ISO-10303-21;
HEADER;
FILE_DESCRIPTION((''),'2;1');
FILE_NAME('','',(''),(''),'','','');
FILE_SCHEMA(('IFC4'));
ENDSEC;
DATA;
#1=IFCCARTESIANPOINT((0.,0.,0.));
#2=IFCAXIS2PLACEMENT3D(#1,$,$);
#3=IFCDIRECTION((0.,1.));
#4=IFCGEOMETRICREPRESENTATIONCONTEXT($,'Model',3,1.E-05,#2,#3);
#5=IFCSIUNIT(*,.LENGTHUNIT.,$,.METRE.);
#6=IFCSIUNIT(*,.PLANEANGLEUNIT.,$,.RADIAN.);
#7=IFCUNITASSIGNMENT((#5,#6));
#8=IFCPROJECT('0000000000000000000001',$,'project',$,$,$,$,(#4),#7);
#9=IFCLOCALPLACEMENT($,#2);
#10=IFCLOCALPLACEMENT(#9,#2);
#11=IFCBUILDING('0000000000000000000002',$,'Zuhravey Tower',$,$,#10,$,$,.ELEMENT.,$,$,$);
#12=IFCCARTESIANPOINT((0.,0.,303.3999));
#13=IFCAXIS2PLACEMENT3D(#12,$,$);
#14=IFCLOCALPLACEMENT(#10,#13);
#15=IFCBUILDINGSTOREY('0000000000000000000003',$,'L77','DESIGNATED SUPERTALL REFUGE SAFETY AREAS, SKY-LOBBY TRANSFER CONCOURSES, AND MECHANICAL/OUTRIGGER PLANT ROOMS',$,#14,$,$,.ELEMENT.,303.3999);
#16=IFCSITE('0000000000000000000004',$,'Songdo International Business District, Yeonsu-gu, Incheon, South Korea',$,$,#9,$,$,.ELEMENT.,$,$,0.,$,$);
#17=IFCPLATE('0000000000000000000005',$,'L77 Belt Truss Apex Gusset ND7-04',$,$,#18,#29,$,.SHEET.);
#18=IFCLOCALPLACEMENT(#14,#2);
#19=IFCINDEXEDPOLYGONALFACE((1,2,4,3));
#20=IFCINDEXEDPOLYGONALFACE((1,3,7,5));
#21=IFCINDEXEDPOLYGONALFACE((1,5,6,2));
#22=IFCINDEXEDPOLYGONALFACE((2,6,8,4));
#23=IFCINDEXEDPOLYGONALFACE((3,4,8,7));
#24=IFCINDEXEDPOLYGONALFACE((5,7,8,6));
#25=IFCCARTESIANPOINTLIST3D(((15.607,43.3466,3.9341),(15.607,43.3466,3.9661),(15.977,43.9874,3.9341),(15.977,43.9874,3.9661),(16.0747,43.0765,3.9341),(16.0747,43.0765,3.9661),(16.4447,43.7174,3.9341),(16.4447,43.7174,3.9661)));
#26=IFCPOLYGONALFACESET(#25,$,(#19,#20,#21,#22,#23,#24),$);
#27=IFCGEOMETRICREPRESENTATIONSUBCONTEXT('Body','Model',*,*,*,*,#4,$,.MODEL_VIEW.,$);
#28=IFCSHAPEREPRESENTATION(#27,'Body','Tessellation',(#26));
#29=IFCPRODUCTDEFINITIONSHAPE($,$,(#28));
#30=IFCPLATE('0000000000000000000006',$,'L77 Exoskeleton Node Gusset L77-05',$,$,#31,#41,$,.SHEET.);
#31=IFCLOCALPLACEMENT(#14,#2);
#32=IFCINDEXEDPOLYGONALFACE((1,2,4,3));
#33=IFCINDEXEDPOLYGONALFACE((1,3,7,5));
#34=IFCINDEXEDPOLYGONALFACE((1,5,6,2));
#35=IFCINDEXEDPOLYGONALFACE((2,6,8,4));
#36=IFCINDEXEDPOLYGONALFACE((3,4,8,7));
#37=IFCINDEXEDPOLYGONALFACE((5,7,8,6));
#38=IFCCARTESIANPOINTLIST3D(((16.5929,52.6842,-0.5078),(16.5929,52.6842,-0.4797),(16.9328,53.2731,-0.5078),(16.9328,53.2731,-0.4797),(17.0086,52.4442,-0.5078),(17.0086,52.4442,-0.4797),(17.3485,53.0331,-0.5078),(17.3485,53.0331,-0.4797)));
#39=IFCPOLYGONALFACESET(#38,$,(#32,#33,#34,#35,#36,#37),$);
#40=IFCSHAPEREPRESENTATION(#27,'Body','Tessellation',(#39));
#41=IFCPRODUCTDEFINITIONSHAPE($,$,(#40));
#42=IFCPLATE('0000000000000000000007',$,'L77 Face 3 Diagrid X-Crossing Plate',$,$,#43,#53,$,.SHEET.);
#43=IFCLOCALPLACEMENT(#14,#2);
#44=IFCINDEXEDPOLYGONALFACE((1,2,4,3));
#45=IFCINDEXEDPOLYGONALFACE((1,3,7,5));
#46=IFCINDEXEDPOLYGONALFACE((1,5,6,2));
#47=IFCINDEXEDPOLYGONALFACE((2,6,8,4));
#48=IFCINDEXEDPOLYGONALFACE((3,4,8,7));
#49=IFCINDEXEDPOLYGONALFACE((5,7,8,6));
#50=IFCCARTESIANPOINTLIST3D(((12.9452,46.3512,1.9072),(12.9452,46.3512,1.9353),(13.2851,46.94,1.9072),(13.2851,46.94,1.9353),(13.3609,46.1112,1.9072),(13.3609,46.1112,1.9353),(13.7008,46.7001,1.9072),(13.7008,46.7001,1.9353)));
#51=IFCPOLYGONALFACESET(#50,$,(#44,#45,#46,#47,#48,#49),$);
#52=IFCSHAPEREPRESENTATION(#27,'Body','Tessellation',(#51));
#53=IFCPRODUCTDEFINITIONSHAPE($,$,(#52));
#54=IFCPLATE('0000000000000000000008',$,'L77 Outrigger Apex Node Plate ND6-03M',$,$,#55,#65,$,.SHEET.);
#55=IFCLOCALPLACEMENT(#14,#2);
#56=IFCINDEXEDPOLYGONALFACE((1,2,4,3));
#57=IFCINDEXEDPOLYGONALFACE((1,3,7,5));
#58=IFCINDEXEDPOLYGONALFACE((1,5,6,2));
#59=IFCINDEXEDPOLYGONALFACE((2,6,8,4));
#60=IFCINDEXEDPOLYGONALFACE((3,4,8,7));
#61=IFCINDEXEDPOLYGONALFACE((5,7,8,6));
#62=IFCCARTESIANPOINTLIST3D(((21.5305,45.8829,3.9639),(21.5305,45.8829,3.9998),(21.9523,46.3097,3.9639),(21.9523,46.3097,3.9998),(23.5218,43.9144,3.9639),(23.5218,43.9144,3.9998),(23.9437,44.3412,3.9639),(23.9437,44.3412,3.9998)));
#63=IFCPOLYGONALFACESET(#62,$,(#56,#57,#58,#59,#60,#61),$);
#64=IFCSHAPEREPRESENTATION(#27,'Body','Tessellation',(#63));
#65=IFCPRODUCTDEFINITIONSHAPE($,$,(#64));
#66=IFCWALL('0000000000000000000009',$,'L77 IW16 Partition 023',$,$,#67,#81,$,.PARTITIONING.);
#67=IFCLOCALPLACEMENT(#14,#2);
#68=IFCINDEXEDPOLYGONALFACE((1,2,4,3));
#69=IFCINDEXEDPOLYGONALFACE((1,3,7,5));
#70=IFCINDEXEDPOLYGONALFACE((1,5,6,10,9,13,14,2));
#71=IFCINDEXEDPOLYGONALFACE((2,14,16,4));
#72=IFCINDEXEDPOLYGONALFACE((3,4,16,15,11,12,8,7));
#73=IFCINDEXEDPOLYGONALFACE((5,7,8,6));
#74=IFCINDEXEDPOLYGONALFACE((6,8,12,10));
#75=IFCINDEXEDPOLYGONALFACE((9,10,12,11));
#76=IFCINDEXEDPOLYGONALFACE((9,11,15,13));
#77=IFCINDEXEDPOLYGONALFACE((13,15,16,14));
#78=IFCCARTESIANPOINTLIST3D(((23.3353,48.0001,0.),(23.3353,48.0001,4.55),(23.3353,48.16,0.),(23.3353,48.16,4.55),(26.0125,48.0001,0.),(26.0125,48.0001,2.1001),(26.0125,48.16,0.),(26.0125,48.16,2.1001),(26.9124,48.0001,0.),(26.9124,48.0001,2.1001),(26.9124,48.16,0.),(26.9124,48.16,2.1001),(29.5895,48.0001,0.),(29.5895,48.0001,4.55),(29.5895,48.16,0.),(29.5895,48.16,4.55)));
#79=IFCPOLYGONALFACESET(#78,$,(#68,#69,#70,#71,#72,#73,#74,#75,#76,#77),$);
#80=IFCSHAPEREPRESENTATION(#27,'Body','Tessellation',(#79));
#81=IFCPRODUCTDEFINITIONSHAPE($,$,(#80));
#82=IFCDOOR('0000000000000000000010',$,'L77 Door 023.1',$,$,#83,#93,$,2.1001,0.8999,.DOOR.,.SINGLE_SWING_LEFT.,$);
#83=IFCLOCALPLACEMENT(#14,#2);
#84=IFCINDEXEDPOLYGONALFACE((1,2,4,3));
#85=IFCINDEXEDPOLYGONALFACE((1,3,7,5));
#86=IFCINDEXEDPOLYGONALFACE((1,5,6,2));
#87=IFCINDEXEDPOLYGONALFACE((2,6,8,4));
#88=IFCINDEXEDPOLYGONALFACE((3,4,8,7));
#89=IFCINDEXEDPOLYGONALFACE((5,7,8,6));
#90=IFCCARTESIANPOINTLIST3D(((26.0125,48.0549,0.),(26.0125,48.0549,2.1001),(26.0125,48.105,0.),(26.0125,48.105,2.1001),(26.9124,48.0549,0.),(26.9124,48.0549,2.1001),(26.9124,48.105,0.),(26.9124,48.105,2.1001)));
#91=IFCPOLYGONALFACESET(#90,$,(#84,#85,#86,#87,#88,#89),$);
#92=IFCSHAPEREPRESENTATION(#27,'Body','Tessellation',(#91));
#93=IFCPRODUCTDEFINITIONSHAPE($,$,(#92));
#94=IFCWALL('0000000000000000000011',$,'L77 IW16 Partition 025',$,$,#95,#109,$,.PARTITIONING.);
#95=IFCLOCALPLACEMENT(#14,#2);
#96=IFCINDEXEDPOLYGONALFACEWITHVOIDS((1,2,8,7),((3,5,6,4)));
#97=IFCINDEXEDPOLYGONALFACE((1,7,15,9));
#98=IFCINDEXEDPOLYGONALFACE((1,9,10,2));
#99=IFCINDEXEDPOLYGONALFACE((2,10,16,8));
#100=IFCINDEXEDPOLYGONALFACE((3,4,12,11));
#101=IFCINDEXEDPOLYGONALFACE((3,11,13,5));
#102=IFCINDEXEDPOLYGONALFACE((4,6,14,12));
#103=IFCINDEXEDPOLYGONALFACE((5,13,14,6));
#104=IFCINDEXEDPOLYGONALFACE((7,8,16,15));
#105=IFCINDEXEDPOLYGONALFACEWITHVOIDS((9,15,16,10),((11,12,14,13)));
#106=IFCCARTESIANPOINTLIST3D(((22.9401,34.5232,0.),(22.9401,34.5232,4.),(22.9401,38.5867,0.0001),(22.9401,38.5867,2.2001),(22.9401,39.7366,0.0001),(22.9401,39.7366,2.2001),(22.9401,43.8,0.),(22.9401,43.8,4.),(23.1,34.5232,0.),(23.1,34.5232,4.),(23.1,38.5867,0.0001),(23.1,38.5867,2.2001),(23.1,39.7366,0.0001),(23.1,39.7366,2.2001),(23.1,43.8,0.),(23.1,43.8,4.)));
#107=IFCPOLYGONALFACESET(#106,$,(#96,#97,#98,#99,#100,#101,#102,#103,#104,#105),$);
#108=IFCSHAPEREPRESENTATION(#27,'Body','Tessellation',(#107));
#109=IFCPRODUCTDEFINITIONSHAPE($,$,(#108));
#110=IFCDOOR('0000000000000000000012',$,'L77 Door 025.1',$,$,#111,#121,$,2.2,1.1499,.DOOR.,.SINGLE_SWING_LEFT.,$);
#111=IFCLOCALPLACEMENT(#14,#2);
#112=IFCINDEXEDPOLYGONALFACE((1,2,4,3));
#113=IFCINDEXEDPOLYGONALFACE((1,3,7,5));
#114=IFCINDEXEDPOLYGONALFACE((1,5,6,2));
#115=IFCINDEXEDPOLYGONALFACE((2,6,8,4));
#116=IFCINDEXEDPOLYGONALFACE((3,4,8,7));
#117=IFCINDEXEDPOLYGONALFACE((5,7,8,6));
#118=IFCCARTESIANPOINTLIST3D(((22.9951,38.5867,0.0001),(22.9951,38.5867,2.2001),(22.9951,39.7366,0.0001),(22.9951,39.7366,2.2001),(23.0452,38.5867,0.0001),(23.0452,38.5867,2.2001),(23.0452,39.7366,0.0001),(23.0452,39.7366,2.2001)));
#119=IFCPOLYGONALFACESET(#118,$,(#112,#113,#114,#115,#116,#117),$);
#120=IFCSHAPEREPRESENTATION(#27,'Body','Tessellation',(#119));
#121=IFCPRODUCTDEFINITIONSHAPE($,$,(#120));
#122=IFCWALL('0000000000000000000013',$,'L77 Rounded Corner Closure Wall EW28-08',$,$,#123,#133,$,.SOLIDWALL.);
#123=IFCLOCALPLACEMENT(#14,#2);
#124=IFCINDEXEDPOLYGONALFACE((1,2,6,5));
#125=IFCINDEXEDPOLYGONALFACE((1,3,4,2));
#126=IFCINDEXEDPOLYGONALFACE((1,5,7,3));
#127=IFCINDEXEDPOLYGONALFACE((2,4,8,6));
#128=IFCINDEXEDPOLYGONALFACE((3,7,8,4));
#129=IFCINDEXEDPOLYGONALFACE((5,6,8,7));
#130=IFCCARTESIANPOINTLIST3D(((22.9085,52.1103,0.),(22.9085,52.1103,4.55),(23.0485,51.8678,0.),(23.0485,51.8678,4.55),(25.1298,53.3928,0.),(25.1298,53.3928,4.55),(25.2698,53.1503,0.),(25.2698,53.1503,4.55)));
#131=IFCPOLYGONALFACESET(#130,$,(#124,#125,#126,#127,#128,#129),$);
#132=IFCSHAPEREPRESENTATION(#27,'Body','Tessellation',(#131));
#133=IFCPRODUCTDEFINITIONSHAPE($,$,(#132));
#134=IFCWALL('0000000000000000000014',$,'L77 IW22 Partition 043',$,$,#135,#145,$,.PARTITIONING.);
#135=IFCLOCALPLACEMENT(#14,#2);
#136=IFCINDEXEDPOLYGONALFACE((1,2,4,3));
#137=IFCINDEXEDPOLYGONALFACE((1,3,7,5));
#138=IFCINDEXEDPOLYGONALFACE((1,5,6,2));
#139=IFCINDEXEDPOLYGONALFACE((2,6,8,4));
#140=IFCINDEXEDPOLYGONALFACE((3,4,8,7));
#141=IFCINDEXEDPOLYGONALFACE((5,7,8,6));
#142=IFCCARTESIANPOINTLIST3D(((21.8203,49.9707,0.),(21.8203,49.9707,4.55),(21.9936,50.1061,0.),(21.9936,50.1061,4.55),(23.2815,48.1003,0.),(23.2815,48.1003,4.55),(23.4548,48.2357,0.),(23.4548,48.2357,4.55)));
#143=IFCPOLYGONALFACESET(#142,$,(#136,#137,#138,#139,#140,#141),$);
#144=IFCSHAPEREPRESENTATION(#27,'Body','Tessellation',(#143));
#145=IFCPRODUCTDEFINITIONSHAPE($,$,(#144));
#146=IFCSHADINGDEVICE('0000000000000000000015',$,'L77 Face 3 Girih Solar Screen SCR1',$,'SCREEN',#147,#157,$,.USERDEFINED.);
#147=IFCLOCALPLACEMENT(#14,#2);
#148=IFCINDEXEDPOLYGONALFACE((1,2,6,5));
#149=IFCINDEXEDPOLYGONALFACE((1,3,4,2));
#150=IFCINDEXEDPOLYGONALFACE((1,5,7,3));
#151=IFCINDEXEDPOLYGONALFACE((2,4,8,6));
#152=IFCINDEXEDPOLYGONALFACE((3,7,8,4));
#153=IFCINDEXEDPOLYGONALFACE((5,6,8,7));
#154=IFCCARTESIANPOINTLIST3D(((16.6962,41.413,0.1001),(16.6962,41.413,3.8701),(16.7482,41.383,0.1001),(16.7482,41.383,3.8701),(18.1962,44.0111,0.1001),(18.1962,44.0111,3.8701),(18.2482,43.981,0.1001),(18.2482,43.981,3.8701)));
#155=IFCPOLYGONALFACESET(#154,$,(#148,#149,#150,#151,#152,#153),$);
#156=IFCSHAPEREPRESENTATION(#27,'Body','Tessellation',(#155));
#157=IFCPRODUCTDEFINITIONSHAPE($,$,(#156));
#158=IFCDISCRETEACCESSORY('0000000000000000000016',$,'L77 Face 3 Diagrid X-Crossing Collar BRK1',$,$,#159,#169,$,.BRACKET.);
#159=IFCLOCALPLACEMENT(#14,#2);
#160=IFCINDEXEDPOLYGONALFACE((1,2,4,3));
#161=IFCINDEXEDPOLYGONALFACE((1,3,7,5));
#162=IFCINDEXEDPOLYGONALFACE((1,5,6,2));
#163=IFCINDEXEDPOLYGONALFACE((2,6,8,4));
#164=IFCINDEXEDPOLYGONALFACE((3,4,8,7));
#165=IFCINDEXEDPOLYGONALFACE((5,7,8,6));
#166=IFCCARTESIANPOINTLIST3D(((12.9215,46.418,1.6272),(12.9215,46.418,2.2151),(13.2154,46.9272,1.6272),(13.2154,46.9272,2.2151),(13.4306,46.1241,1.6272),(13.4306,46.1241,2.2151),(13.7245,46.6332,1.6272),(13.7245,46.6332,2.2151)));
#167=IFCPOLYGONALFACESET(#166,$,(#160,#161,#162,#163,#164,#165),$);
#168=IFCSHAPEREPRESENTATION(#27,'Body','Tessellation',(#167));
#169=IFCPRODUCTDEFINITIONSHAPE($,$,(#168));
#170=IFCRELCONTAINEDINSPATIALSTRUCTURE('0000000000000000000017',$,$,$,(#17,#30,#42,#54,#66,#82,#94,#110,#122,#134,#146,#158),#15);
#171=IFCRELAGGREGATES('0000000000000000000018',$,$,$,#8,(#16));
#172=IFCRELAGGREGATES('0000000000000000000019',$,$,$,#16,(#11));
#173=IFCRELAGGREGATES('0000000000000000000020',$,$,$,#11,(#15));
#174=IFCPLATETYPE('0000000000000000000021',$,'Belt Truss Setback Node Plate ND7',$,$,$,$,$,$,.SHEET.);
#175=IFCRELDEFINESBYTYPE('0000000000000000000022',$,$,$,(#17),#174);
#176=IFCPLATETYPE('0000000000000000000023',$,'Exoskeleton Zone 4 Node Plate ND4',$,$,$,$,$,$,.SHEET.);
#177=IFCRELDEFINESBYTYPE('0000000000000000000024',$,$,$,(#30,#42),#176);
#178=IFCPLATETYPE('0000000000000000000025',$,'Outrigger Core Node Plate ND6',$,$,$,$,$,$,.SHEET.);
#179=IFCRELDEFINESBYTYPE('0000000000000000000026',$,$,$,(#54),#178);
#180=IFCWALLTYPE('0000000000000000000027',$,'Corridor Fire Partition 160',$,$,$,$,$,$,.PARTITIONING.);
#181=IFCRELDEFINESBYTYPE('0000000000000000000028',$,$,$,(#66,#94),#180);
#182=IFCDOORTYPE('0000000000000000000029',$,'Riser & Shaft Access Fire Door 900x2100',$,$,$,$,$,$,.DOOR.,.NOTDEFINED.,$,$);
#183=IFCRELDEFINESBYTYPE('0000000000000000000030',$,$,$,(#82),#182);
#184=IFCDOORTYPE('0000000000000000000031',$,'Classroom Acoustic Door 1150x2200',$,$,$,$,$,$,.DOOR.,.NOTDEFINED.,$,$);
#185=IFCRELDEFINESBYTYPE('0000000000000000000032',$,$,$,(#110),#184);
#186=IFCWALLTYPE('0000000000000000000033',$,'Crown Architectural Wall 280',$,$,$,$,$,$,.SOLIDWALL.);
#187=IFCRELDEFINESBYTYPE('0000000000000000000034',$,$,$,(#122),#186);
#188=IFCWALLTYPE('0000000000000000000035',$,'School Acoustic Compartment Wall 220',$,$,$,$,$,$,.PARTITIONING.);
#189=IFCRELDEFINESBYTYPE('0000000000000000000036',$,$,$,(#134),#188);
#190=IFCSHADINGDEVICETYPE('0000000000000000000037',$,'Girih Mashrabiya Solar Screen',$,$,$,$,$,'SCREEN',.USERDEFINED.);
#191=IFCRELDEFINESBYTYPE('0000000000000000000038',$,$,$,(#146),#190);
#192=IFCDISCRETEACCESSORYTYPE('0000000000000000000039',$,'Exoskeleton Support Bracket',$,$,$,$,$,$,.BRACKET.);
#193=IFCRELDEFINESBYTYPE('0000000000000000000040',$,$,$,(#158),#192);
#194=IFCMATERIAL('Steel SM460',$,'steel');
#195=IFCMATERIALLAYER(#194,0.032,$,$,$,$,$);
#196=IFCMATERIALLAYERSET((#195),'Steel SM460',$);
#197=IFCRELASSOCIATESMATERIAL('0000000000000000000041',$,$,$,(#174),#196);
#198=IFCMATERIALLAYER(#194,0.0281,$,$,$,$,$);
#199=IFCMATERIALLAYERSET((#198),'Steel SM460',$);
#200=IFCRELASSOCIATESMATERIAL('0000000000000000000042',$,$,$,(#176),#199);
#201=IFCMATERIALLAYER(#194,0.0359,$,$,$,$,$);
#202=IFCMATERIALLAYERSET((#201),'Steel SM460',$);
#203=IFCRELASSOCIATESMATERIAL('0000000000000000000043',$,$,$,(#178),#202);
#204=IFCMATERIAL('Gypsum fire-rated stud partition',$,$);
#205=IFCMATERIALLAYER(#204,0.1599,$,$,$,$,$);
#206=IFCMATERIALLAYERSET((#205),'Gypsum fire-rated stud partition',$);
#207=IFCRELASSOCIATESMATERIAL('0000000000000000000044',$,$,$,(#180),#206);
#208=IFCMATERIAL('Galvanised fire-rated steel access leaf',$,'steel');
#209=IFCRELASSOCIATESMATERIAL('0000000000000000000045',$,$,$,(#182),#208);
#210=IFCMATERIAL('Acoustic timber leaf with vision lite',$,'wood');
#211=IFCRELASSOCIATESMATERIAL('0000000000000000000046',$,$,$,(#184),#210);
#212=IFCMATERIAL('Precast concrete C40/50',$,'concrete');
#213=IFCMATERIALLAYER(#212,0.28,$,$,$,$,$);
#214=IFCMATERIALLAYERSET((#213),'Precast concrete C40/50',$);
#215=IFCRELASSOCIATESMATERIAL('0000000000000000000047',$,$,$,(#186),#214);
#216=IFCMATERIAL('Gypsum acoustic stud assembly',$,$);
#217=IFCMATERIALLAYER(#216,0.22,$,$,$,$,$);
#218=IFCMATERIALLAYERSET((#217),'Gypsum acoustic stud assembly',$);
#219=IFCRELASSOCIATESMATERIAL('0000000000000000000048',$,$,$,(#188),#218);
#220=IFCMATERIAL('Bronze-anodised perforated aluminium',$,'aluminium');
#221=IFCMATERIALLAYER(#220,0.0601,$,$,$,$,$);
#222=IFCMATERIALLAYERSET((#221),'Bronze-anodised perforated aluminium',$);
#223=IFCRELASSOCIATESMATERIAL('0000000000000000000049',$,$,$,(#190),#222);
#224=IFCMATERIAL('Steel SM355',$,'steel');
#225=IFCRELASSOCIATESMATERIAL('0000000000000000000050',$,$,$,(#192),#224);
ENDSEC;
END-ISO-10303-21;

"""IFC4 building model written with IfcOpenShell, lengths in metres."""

from ifc_helpers import new_model, si_unit, direction, frame, frame_2d, origin, origin_2d, place, context, subcontext, project, spatial, rectangle, extrude, material, layer, layer_set, type_object, element, fill, save


model = new_model("IFC4")

# Units and contexts
model_context = context("Model", 3, precision=1e-05, world=origin(), true_north=direction((0.0, 1.0)))
body_context = subcontext(model_context, "Body", "Model", "MODEL_VIEW")
ifc_project = project(units=[si_unit("LENGTHUNIT", "METRE"), si_unit("PLANEANGLEUNIT", "RADIAN")], contexts=[model_context])

# Site, building, storey
site_placement = place(None, origin())
site = spatial("IfcSite", under=ifc_project, at=site_placement, Name="Songdo International Business District, Yeonsu-gu, Incheon, South Korea", CompositionType="ELEMENT", RefElevation=0.0)
building_placement = place(site_placement, origin())
building = spatial("IfcBuilding", under=site, at=building_placement, Name="Zuhravey Tower", CompositionType="ELEMENT")
storey_placement = place(building_placement, frame((0.0, 0.0, 303.3999)))
storey = spatial("IfcBuildingStorey", under=building, at=storey_placement, Name="L77", Description="DESIGNATED SUPERTALL REFUGE SAFETY AREAS, SKY-LOBBY TRANSFER CONCOURSES, AND MECHANICAL/OUTRIGGER PLANT ROOMS", CompositionType="ELEMENT", Elevation=303.3999)

# Shared definitions
ifc_material_1 = material(Name="Steel SM355", Category="steel")

# Shared definitions
ifc_material_2 = material(Name="Steel SM460", Category="steel")

# Plates
ifc_layer_1 = layer(ifc_material_2, 0.032)
ifc_layer_set_1 = layer_set([ifc_layer_1], Name="Steel SM460")
plate_type_1 = type_object("IfcPlateType", Name="Belt Truss Setback Node Plate ND7", PredefinedType="SHEET", material=ifc_layer_set_1)
plate_1_placement = place(storey_placement, frame((16.0259, 43.532, 3.9341), z_axis=(0.0, 0.0, 1.0), x_axis=(-0.5, -0.866025, 0.0)))
element("IfcPlate", 1, at=plate_1_placement, inside=storey, type_object=plate_type_1, Name="L77 Belt Truss Apex Gusset ND7-04", PredefinedType="SHEET", context=body_context, shape_type="SweptSolid", body=[
    extrude(rectangle(XDim=0.74, YDim=0.54, at=origin_2d()), origin(), (0.0, 0.0, 1.0), 0.032),
])
ifc_layer_2 = layer(ifc_material_2, 0.0281)
ifc_layer_set_2 = layer_set([ifc_layer_2], Name="Steel SM460")
plate_type_2 = type_object("IfcPlateType", Name="Exoskeleton Zone 4 Node Plate ND4", PredefinedType="SHEET", material=ifc_layer_set_2)
for number, where, z_axis, x_axis, name in (
    (2, (16.9707, 52.8586, -0.5078), (0.0, 0.0, 1.0), (-0.5, -0.866025, 0.0), "L77 Exoskeleton Node Gusset L77-05"),
    (3, (13.323, 46.5256, 1.9072), (0.0, 0.0, 1.0), (-0.5, -0.866025, 0.0), "L77 Face 3 Diagrid X-Crossing Plate"),
):
    element("IfcPlate", number, at=place(storey_placement, frame(where, z_axis=z_axis, x_axis=x_axis)), inside=storey, type_object=plate_type_2, Name=name, PredefinedType="SHEET", context=body_context, shape_type="SweptSolid", body=[
        extrude(rectangle(XDim=0.6799, YDim=0.48, at=origin_2d()), origin(), (0.0, 0.0, 1.0), 0.0281),
    ])
ifc_layer_3 = layer(ifc_material_2, 0.0359)
ifc_layer_set_3 = layer_set([ifc_layer_3], Name="Steel SM460")
plate_type_3 = type_object("IfcPlateType", Name="Outrigger Core Node Plate ND6", PredefinedType="SHEET", material=ifc_layer_set_3)
plate_2_placement = place(storey_placement, frame((22.7371, 45.1121, 3.9639), z_axis=(0.0, 0.0, 1.0), x_axis=(-0.711168, 0.703022, 0.0)))
element("IfcPlate", 4, at=plate_2_placement, inside=storey, type_object=plate_type_3, Name="L77 Outrigger Apex Node Plate ND6-03M", PredefinedType="SHEET", context=body_context, shape_type="SweptSolid", body=[
    extrude(rectangle(XDim=2.8, YDim=0.6001, at=origin_2d()), origin(), (0.0, 0.0, 1.0), 0.0359),
])

# Walls, openings, doors
ifc_material_3 = material(Name="Gypsum fire-rated stud partition")
ifc_layer_4 = layer(ifc_material_3, 0.1599)
ifc_layer_set_4 = layer_set([ifc_layer_4], Name="Gypsum fire-rated stud partition")
wall_type_1 = type_object("IfcWallType", Name="Corridor Fire Partition 160", PredefinedType="PARTITIONING", material=ifc_layer_set_4)
wall_1_placement = place(storey_placement, frame((23.3354, 48.0801, 0.0), z_axis=(0.0, 0.0, 1.0), x_axis=(1.0, 0.0, 0.0)))
wall_1 = element("IfcWall", 5, at=wall_1_placement, inside=storey, type_object=wall_type_1, Name="L77 IW16 Partition 023", PredefinedType="PARTITIONING", context=body_context, shape_type="SweptSolid", body=[
    extrude(rectangle(XDim=6.2542, YDim=0.1599, at=frame_2d((3.127, 0.0))), origin(), (0.0, 0.0, 1.0), 4.55),
])
opening_1_placement = place(wall_1_placement, frame((2.677, 0.0, 0.0)))
opening_1 = element("IfcOpeningElement", 6, at=opening_1_placement, cuts=wall_1, PredefinedType="OPENING", context=body_context, shape_type="SweptSolid", body=[
    extrude(rectangle(XDim=0.8999, YDim=2.1001, at=frame_2d((0.45, 1.05))), frame((0.0, 0.092, 0.0), z_axis=(0.0, -1.0, 0.0), x_axis=(1.0, 0.0, 0.0)), (0.0, 0.0, 1.0), 0.1838),
])
ifc_material_4 = material(Name="Galvanised fire-rated steel access leaf", Category="steel")
door_type_1 = type_object("IfcDoorType", Name="Riser & Shaft Access Fire Door 900x2100", OperationType="NOTDEFINED", PredefinedType="DOOR", material=ifc_material_4)
door_1_placement = place(opening_1_placement, origin())
door_1 = element("IfcDoor", 7, at=door_1_placement, inside=storey, type_object=door_type_1, Name="L77 Door 023.1", OperationType="SINGLE_SWING_LEFT", OverallHeight=2.1001, OverallWidth=0.8999, PredefinedType="DOOR", context=body_context, shape_type="SweptSolid", body=[
    extrude(rectangle(XDim=0.8999, YDim=2.1001, at=frame_2d((0.45, 1.05))), frame((0.0, 0.0249, 0.0), z_axis=(0.0, -1.0, 0.0), x_axis=(1.0, 0.0, 0.0)), (0.0, 0.0, 1.0), 0.05),
])
fill(opening_1, door_1)
wall_2_placement = place(storey_placement, frame((23.02, 43.8, 0.0), z_axis=(0.0, 0.0, 1.0), x_axis=(0.0, -1.0, 0.0)))
wall_2 = element("IfcWall", 8, at=wall_2_placement, inside=storey, type_object=wall_type_1, Name="L77 IW16 Partition 025", PredefinedType="PARTITIONING", context=body_context, shape_type="SweptSolid", body=[
    extrude(rectangle(XDim=9.2769, YDim=0.1599, at=frame_2d((4.6384, 0.0))), origin(), (0.0, 0.0, 1.0), 4.0),
])
opening_2_placement = place(wall_2_placement, frame((4.0635, 0.0, 0.0)))
opening_2 = element("IfcOpeningElement", 9, at=opening_2_placement, cuts=wall_2, PredefinedType="OPENING", context=body_context, shape_type="SweptSolid", body=[
    extrude(rectangle(XDim=1.1499, YDim=2.2, at=frame_2d((0.575, 1.1001))), frame((0.0, 0.092, 0.0), z_axis=(0.0, -1.0, 0.0), x_axis=(1.0, 0.0, 0.0)), (0.0, 0.0, 1.0), 0.1838),
])
ifc_material_5 = material(Name="Acoustic timber leaf with vision lite", Category="wood")
door_type_2 = type_object("IfcDoorType", Name="Classroom Acoustic Door 1150x2200", OperationType="NOTDEFINED", PredefinedType="DOOR", material=ifc_material_5)
door_2_placement = place(opening_2_placement, frame((1.1499, 0.0, 0.0), z_axis=(0.0, 0.0, 1.0), x_axis=(-1.0, 0.0, 0.0)))
door_2 = element("IfcDoor", 10, at=door_2_placement, inside=storey, type_object=door_type_2, Name="L77 Door 025.1", OperationType="SINGLE_SWING_LEFT", OverallHeight=2.2, OverallWidth=1.1499, PredefinedType="DOOR", context=body_context, shape_type="SweptSolid", body=[
    extrude(rectangle(XDim=1.1499, YDim=2.2, at=frame_2d((0.575, 1.1001))), frame((0.0, 0.0249, 0.0), z_axis=(0.0, -1.0, 0.0), x_axis=(1.0, 0.0, 0.0)), (0.0, 0.0, 1.0), 0.05),
])
fill(opening_2, door_2)

# Walls
ifc_material_6 = material(Name="Precast concrete C40/50", Category="concrete")
ifc_layer_5 = layer(ifc_material_6, 0.28)
ifc_layer_set_5 = layer_set([ifc_layer_5], Name="Precast concrete C40/50")
wall_type_2 = type_object("IfcWallType", Name="Crown Architectural Wall 280", PredefinedType="SOLIDWALL", material=ifc_layer_set_5)
wall_3_placement = place(storey_placement, frame((22.9785, 51.989, 0.0), z_axis=(0.0, 0.0, 1.0), x_axis=(0.866014, 0.500019, 0.0)))
element("IfcWall", 11, at=wall_3_placement, inside=storey, type_object=wall_type_2, Name="L77 Rounded Corner Closure Wall EW28-08", PredefinedType="SOLIDWALL", context=body_context, shape_type="SweptSolid", body=[
    extrude(rectangle(XDim=2.5649, YDim=0.28, at=frame_2d((1.2825, 0.0))), origin(), (0.0, 0.0, 1.0), 4.55),
])
ifc_material_7 = material(Name="Gypsum acoustic stud assembly")
ifc_layer_6 = layer(ifc_material_7, 0.22)
ifc_layer_set_6 = layer_set([ifc_layer_6], Name="Gypsum acoustic stud assembly")
wall_type_3 = type_object("IfcWallType", Name="School Acoustic Compartment Wall 220", PredefinedType="PARTITIONING", material=ifc_layer_set_6)
wall_4_placement = place(storey_placement, frame((23.3682, 48.168, 0.0), z_axis=(0.0, 0.0, 1.0), x_axis=(-0.615634, 0.788032, 0.0)))
element("IfcWall", 12, at=wall_4_placement, inside=storey, type_object=wall_type_3, Name="L77 IW22 Partition 043", PredefinedType="PARTITIONING", context=body_context, shape_type="SweptSolid", body=[
    extrude(rectangle(XDim=2.3735, YDim=0.22, at=frame_2d((1.1868, 0.0))), origin(), (0.0, 0.0, 1.0), 4.55),
])

# Shading device
ifc_material_8 = material(Name="Bronze-anodised perforated aluminium", Category="aluminium")
ifc_layer_7 = layer(ifc_material_8, 0.0601)
ifc_layer_set_7 = layer_set([ifc_layer_7], Name="Bronze-anodised perforated aluminium")
shading_device_type = type_object("IfcShadingDeviceType", Name="Girih Mashrabiya Solar Screen", ElementType="SCREEN", PredefinedType="USERDEFINED", material=ifc_layer_set_7)
shading_device_placement = place(storey_placement, frame((17.4722, 42.697, 0.1001), z_axis=(0.0, 0.0, 1.0), x_axis=(0.5, 0.866025, 0.0)))
element("IfcShadingDevice", 13, at=shading_device_placement, inside=storey, type_object=shading_device_type, Name="L77 Face 3 Girih Solar Screen SCR1", ObjectType="SCREEN", PredefinedType="USERDEFINED", context=body_context, shape_type="SweptSolid", body=[
    extrude(rectangle(XDim=3.0, YDim=0.0601, at=origin_2d()), origin(), (0.0, 0.0, 1.0), 3.77),
])

# Discrete accessory
discrete_accessory_type = type_object("IfcDiscreteAccessoryType", Name="Exoskeleton Support Bracket", PredefinedType="BRACKET", material=ifc_material_1)
discrete_accessory_placement = place(storey_placement, frame((13.323, 46.5256, 1.6272), z_axis=(0.0, 0.0, 1.0), x_axis=(-0.5, -0.866025, 0.0)))
element("IfcDiscreteAccessory", 14, at=discrete_accessory_placement, inside=storey, type_object=discrete_accessory_type, Name="L77 Face 3 Diagrid X-Crossing Collar BRK1", PredefinedType="BRACKET", context=body_context, shape_type="SweptSolid", body=[
    extrude(rectangle(XDim=0.5879, YDim=0.5879, at=origin_2d()), origin(), (0.0, 0.0, 1.0), 0.5879),
])

save(model, "model.ifc")
